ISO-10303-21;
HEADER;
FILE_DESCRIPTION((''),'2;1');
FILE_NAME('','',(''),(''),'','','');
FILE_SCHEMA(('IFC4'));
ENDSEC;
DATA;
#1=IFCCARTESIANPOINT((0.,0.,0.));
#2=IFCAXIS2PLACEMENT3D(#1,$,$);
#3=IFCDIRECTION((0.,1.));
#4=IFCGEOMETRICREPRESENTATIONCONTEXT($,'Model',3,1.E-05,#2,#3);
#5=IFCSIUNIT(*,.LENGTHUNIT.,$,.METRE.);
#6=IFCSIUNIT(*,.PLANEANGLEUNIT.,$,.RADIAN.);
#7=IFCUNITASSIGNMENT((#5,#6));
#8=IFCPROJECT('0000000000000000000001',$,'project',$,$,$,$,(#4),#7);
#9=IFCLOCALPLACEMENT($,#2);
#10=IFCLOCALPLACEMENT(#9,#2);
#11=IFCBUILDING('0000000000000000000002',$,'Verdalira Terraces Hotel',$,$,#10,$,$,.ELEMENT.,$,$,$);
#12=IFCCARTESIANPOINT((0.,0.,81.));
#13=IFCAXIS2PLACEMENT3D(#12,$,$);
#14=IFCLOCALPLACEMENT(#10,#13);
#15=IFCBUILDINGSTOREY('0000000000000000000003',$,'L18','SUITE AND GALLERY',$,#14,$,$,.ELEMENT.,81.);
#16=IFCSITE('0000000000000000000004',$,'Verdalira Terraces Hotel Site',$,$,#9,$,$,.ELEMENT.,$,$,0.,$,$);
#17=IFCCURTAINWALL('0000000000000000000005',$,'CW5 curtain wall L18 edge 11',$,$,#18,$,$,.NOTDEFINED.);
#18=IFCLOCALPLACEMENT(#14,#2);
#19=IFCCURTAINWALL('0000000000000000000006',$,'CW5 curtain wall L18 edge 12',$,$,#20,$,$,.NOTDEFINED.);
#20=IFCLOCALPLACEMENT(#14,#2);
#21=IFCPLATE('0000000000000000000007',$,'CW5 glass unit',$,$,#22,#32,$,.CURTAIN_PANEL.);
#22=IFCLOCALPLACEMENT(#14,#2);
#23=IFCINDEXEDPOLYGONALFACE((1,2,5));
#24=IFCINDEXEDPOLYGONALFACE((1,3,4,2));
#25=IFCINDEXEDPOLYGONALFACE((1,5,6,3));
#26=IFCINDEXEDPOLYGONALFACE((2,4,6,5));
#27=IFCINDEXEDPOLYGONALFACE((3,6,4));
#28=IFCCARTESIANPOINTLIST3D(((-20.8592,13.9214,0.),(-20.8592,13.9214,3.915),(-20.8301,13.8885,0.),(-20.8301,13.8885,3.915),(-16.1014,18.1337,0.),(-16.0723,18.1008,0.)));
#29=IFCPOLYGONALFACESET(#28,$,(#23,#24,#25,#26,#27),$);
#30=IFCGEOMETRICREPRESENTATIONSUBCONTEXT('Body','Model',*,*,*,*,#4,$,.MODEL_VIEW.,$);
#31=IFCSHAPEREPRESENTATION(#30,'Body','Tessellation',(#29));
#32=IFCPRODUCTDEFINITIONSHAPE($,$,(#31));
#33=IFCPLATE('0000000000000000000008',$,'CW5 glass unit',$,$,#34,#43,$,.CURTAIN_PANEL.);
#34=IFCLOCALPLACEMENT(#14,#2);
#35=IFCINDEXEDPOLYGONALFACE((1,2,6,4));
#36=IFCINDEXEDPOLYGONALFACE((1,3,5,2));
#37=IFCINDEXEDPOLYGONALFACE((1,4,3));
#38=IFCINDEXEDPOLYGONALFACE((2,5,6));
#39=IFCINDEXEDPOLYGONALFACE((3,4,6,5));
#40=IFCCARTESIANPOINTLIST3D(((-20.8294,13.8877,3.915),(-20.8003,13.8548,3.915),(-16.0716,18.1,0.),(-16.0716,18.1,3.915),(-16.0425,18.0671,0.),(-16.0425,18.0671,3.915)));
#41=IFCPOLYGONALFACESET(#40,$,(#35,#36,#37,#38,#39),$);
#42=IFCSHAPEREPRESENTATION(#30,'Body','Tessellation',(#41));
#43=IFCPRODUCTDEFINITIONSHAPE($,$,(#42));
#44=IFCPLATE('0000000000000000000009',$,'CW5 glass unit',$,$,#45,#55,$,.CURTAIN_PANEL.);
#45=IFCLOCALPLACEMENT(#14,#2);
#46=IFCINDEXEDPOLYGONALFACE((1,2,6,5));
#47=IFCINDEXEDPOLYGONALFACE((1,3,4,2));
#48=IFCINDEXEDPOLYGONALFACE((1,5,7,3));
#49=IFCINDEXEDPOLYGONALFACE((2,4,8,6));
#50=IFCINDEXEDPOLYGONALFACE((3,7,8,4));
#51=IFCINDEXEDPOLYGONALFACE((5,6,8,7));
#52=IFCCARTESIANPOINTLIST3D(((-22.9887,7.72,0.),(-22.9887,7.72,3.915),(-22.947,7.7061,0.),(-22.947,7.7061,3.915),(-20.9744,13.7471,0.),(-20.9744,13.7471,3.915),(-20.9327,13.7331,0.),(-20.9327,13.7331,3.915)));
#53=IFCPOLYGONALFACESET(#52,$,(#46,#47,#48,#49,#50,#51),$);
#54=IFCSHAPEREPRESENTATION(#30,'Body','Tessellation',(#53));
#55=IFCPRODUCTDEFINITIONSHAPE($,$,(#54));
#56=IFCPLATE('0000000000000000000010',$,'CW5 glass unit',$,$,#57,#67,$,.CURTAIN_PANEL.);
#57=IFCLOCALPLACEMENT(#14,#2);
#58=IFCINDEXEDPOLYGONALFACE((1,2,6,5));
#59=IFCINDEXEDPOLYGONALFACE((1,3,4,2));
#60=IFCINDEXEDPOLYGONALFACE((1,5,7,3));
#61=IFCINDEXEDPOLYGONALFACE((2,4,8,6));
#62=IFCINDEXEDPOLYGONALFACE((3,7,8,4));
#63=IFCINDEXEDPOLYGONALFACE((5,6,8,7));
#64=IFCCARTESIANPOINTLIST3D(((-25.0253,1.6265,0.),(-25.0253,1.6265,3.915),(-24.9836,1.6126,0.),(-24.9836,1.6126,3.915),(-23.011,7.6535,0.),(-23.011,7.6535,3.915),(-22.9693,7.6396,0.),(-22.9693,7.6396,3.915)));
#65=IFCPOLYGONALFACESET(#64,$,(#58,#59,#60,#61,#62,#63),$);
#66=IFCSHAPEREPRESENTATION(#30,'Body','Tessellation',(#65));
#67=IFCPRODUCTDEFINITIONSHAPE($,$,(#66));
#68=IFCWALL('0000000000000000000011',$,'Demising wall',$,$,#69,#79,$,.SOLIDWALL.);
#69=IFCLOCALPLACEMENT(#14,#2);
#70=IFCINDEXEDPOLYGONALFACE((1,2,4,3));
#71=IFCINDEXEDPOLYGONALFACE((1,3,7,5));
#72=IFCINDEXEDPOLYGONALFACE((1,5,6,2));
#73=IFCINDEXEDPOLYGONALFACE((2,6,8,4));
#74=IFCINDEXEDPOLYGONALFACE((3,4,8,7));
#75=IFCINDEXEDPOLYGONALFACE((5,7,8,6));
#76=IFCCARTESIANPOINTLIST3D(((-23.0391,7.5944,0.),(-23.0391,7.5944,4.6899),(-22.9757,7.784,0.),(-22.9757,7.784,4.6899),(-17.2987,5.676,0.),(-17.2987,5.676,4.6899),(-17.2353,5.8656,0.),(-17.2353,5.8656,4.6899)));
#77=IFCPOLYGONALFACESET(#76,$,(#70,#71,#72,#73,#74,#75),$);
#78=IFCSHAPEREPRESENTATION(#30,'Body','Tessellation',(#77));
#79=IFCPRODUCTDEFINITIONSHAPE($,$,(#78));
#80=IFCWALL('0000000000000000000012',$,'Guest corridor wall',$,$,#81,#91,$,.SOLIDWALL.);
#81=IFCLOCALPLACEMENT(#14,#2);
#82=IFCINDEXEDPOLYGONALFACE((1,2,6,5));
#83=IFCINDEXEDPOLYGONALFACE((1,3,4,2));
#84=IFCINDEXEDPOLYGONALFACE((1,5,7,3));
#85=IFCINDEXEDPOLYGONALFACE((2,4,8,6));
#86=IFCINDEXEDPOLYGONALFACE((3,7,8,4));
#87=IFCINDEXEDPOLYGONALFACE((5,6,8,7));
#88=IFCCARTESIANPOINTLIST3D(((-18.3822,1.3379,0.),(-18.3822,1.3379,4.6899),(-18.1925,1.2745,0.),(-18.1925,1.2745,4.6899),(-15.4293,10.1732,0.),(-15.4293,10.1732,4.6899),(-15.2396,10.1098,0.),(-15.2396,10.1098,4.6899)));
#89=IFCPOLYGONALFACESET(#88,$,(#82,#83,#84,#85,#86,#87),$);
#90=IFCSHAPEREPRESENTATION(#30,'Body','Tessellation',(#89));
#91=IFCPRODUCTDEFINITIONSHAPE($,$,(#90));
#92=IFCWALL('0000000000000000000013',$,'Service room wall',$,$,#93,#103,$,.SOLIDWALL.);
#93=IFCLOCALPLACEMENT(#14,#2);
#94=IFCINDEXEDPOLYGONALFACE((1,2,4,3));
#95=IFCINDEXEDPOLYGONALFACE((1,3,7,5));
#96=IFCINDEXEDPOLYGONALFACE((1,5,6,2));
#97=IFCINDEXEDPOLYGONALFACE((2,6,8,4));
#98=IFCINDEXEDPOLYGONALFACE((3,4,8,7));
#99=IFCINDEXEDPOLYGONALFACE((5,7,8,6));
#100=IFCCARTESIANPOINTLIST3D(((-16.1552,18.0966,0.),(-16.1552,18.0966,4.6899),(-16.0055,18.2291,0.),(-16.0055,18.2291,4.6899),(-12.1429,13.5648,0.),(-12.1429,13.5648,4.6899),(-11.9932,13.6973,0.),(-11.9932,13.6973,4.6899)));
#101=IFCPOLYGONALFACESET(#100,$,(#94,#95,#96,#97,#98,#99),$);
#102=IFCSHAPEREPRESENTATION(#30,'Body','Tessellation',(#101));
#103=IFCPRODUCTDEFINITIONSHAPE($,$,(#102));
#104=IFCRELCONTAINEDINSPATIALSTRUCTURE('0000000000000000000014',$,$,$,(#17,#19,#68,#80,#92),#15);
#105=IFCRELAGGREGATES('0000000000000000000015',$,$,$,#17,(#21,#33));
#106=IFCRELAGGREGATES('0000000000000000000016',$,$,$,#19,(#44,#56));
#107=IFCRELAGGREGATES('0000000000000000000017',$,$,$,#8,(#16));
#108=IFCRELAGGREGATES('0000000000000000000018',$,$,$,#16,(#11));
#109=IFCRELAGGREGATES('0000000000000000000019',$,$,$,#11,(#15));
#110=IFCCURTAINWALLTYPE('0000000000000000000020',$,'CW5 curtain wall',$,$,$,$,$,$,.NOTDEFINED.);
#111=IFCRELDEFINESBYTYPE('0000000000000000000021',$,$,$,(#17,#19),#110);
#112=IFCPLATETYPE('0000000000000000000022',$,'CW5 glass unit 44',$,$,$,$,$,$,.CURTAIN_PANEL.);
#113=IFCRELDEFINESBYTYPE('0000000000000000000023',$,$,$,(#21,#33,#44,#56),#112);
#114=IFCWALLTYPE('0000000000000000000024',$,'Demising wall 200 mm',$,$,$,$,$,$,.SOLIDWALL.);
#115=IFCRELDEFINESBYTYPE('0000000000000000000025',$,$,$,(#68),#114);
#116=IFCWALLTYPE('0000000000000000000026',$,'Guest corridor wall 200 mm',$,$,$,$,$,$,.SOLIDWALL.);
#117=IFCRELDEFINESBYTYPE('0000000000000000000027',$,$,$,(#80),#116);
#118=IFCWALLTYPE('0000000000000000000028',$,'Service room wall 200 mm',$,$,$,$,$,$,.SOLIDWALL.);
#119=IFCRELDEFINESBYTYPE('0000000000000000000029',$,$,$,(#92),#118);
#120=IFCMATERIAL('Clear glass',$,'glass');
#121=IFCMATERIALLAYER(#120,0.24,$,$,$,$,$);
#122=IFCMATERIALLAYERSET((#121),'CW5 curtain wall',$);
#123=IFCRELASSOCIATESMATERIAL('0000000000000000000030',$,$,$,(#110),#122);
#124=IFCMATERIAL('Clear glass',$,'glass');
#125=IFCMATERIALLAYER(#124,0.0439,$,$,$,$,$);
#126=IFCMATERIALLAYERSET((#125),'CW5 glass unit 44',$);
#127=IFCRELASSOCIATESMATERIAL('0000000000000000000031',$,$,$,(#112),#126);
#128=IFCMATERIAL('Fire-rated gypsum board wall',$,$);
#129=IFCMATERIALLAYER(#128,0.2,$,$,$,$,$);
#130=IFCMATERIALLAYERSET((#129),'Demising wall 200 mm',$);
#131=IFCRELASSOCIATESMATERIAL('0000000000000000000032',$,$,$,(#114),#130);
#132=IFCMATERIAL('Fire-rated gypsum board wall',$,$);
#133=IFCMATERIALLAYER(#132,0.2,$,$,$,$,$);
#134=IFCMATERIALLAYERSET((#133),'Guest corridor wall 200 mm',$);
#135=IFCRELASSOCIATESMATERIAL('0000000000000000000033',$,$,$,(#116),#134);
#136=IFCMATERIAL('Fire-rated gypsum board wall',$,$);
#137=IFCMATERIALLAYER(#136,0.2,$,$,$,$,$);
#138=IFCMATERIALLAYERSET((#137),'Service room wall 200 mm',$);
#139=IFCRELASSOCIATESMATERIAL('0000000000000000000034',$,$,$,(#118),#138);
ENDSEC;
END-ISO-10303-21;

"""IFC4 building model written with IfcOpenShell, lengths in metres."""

from ifc_helpers import new_model, si_unit, direction, frame, frame_2d, origin, origin_2d, place, context, subcontext, project, spatial, polyline, rectangle, outline, extrude, material, layer, layer_set, type_object, element, aggregate, save


model = new_model("IFC4")

# Units and contexts
model_context = context("Model", 3, precision=1e-05, world=origin(), true_north=direction((0.0, 1.0)))
body_context = subcontext(model_context, "Body", "Model", "MODEL_VIEW")
ifc_project = project(units=[si_unit("LENGTHUNIT", "METRE"), si_unit("PLANEANGLEUNIT", "RADIAN")], contexts=[model_context])

# Site, building, storey
site_placement = place(None, origin())
site = spatial("IfcSite", under=ifc_project, at=site_placement, Name="Verdalira Terraces Hotel Site", CompositionType="ELEMENT", RefElevation=0.0)
building_placement = place(site_placement, origin())
building = spatial("IfcBuilding", under=site, at=building_placement, Name="Verdalira Terraces Hotel", CompositionType="ELEMENT")
storey_placement = place(building_placement, frame((0.0, 0.0, 81.0)))
storey = spatial("IfcBuildingStorey", under=building, at=storey_placement, Name="L18", Description="SUITE AND GALLERY", CompositionType="ELEMENT", Elevation=81.0)

# Curtain walls
ifc_material_1 = material(Name="Clear glass", Category="glass")
ifc_layer_1 = layer(ifc_material_1, 0.24)
ifc_layer_set_1 = layer_set([ifc_layer_1], Name="CW5 curtain wall")
curtain_wall_type = type_object("IfcCurtainWallType", Name="CW5 curtain wall", PredefinedType="NOTDEFINED", material=ifc_layer_set_1)
curtain_wall_1_placement = place(storey_placement, origin())
curtain_wall_1 = element("IfcCurtainWall", 1, at=curtain_wall_1_placement, inside=storey, type_object=curtain_wall_type, Name="CW5 curtain wall L18 edge 11", PredefinedType="NOTDEFINED")
curtain_wall_2_placement = place(storey_placement, origin())
curtain_wall_2 = element("IfcCurtainWall", 2, at=curtain_wall_2_placement, inside=storey, type_object=curtain_wall_type, Name="CW5 curtain wall L18 edge 12", PredefinedType="NOTDEFINED")

# Plates
ifc_material_2 = material(Name="Clear glass", Category="glass")
ifc_layer_2 = layer(ifc_material_2, 0.0439)
ifc_layer_set_2 = layer_set([ifc_layer_2], Name="CW5 glass unit 44")
plate_type = type_object("IfcPlateType", Name="CW5 glass unit 44", PredefinedType="CURTAIN_PANEL", material=ifc_layer_set_2)
plate_1_placement = place(storey_placement, frame((-18.4512, 15.9946, 1.9575), z_axis=(-0.662881, 0.748724, 0.0), x_axis=(-0.748724, -0.662881, 0.0)))
plate_1 = element("IfcPlate", 3, at=plate_1_placement, type_object=plate_type, Name="CW5 glass unit", PredefinedType="CURTAIN_PANEL", context=body_context, shape_type="SweptSolid", body=[
    extrude(outline(polyline([(-3.1772, -1.9575), (3.1772, -1.9575), (3.1772, 1.9575), (-3.1772, -1.9575)])), origin(), (0.0, 0.0, 1.0), 0.0439),
])
plate_2_placement = place(storey_placement, frame((-18.4214, 15.9609, 1.9575), z_axis=(-0.662881, 0.748724, 0.0), x_axis=(-0.748724, -0.662881, 0.0)))
plate_2 = element("IfcPlate", 4, at=plate_2_placement, type_object=plate_type, Name="CW5 glass unit", PredefinedType="CURTAIN_PANEL", context=body_context, shape_type="SweptSolid", body=[
    extrude(outline(polyline([(-3.1772, -1.9575), (3.1772, 1.9575), (-3.1772, 1.9575), (-3.1772, -1.9575)])), origin(), (0.0, 0.0, 1.0), 0.0439),
])
aggregate(curtain_wall_1, [plate_1, plate_2])
plate_3_placement = place(storey_placement, frame((-21.9607, 10.7266, 0.0), z_axis=(0.0, 0.0, 1.0), x_axis=(-0.316974, -0.948434, 0.0)))
plate_3 = element("IfcPlate", 5, at=plate_3_placement, type_object=plate_type, Name="CW5 glass unit", PredefinedType="CURTAIN_PANEL", context=body_context, shape_type="SweptSolid", body=[
    extrude(rectangle(XDim=6.3547, YDim=0.0439, at=origin_2d()), origin(), (0.0, 0.0, 1.0), 3.915),
])
plate_4_placement = place(storey_placement, frame((-23.9973, 4.6331, 0.0), z_axis=(0.0, 0.0, 1.0), x_axis=(-0.316974, -0.948434, 0.0)))
plate_4 = element("IfcPlate", 6, at=plate_4_placement, type_object=plate_type, Name="CW5 glass unit", PredefinedType="CURTAIN_PANEL", context=body_context, shape_type="SweptSolid", body=[
    extrude(rectangle(XDim=6.3547, YDim=0.0439, at=origin_2d()), origin(), (0.0, 0.0, 1.0), 3.915),
])
aggregate(curtain_wall_2, [plate_3, plate_4])

# Walls
ifc_material_3 = material(Name="Fire-rated gypsum board wall")
ifc_layer_3 = layer(ifc_material_3, 0.2)
ifc_layer_set_3 = layer_set([ifc_layer_3], Name="Demising wall 200 mm")
wall_type_1 = type_object("IfcWallType", Name="Demising wall 200 mm", PredefinedType="SOLIDWALL", material=ifc_layer_set_3)
wall_1_placement = place(storey_placement, frame((-17.2668, 5.7708, 0.0), z_axis=(0.0, 0.0, 1.0), x_axis=(-0.948437, 0.316966, 0.0)))
element("IfcWall", 7, at=wall_1_placement, inside=storey, type_object=wall_type_1, Name="Demising wall", PredefinedType="SOLIDWALL", context=body_context, shape_type="SweptSolid", body=[
    extrude(rectangle(XDim=6.0525, YDim=0.2, at=frame_2d((3.0264, 0.0))), origin(), (0.0, 0.0, 1.0), 4.6899),
])
ifc_material_4 = material(Name="Fire-rated gypsum board wall")
ifc_layer_4 = layer(ifc_material_4, 0.2)
ifc_layer_set_4 = layer_set([ifc_layer_4], Name="Guest corridor wall 200 mm")
wall_type_2 = type_object("IfcWallType", Name="Guest corridor wall 200 mm", PredefinedType="SOLIDWALL", material=ifc_layer_set_4)
wall_2_placement = place(storey_placement, frame((-15.3345, 10.1414, 0.0), z_axis=(0.0, 0.0, 1.0), x_axis=(-0.316982, -0.948431, 0.0)))
element("IfcWall", 8, at=wall_2_placement, inside=storey, type_object=wall_type_2, Name="Guest corridor wall", PredefinedType="SOLIDWALL", context=body_context, shape_type="SweptSolid", body=[
    extrude(rectangle(XDim=9.3157, YDim=0.2, at=frame_2d((4.6577, 0.0))), origin(), (0.0, 0.0, 1.0), 4.6899),
])
ifc_material_5 = material(Name="Fire-rated gypsum board wall")
ifc_layer_5 = layer(ifc_material_5, 0.2)
ifc_layer_set_5 = layer_set([ifc_layer_5], Name="Service room wall 200 mm")
wall_type_3 = type_object("IfcWallType", Name="Service room wall 200 mm", PredefinedType="SOLIDWALL", material=ifc_layer_set_5)
wall_3_placement = place(storey_placement, frame((-16.0803, 18.1628, 0.0), z_axis=(0.0, 0.0, 1.0), x_axis=(0.662885, -0.748721, 0.0)))
element("IfcWall", 9, at=wall_3_placement, inside=storey, type_object=wall_type_3, Name="Service room wall", PredefinedType="SOLIDWALL", context=body_context, shape_type="SweptSolid", body=[
    extrude(rectangle(XDim=6.0527, YDim=0.2, at=frame_2d((3.0264, 0.0))), origin(), (0.0, 0.0, 1.0), 4.6899),
])

save(model, "model.ifc")
